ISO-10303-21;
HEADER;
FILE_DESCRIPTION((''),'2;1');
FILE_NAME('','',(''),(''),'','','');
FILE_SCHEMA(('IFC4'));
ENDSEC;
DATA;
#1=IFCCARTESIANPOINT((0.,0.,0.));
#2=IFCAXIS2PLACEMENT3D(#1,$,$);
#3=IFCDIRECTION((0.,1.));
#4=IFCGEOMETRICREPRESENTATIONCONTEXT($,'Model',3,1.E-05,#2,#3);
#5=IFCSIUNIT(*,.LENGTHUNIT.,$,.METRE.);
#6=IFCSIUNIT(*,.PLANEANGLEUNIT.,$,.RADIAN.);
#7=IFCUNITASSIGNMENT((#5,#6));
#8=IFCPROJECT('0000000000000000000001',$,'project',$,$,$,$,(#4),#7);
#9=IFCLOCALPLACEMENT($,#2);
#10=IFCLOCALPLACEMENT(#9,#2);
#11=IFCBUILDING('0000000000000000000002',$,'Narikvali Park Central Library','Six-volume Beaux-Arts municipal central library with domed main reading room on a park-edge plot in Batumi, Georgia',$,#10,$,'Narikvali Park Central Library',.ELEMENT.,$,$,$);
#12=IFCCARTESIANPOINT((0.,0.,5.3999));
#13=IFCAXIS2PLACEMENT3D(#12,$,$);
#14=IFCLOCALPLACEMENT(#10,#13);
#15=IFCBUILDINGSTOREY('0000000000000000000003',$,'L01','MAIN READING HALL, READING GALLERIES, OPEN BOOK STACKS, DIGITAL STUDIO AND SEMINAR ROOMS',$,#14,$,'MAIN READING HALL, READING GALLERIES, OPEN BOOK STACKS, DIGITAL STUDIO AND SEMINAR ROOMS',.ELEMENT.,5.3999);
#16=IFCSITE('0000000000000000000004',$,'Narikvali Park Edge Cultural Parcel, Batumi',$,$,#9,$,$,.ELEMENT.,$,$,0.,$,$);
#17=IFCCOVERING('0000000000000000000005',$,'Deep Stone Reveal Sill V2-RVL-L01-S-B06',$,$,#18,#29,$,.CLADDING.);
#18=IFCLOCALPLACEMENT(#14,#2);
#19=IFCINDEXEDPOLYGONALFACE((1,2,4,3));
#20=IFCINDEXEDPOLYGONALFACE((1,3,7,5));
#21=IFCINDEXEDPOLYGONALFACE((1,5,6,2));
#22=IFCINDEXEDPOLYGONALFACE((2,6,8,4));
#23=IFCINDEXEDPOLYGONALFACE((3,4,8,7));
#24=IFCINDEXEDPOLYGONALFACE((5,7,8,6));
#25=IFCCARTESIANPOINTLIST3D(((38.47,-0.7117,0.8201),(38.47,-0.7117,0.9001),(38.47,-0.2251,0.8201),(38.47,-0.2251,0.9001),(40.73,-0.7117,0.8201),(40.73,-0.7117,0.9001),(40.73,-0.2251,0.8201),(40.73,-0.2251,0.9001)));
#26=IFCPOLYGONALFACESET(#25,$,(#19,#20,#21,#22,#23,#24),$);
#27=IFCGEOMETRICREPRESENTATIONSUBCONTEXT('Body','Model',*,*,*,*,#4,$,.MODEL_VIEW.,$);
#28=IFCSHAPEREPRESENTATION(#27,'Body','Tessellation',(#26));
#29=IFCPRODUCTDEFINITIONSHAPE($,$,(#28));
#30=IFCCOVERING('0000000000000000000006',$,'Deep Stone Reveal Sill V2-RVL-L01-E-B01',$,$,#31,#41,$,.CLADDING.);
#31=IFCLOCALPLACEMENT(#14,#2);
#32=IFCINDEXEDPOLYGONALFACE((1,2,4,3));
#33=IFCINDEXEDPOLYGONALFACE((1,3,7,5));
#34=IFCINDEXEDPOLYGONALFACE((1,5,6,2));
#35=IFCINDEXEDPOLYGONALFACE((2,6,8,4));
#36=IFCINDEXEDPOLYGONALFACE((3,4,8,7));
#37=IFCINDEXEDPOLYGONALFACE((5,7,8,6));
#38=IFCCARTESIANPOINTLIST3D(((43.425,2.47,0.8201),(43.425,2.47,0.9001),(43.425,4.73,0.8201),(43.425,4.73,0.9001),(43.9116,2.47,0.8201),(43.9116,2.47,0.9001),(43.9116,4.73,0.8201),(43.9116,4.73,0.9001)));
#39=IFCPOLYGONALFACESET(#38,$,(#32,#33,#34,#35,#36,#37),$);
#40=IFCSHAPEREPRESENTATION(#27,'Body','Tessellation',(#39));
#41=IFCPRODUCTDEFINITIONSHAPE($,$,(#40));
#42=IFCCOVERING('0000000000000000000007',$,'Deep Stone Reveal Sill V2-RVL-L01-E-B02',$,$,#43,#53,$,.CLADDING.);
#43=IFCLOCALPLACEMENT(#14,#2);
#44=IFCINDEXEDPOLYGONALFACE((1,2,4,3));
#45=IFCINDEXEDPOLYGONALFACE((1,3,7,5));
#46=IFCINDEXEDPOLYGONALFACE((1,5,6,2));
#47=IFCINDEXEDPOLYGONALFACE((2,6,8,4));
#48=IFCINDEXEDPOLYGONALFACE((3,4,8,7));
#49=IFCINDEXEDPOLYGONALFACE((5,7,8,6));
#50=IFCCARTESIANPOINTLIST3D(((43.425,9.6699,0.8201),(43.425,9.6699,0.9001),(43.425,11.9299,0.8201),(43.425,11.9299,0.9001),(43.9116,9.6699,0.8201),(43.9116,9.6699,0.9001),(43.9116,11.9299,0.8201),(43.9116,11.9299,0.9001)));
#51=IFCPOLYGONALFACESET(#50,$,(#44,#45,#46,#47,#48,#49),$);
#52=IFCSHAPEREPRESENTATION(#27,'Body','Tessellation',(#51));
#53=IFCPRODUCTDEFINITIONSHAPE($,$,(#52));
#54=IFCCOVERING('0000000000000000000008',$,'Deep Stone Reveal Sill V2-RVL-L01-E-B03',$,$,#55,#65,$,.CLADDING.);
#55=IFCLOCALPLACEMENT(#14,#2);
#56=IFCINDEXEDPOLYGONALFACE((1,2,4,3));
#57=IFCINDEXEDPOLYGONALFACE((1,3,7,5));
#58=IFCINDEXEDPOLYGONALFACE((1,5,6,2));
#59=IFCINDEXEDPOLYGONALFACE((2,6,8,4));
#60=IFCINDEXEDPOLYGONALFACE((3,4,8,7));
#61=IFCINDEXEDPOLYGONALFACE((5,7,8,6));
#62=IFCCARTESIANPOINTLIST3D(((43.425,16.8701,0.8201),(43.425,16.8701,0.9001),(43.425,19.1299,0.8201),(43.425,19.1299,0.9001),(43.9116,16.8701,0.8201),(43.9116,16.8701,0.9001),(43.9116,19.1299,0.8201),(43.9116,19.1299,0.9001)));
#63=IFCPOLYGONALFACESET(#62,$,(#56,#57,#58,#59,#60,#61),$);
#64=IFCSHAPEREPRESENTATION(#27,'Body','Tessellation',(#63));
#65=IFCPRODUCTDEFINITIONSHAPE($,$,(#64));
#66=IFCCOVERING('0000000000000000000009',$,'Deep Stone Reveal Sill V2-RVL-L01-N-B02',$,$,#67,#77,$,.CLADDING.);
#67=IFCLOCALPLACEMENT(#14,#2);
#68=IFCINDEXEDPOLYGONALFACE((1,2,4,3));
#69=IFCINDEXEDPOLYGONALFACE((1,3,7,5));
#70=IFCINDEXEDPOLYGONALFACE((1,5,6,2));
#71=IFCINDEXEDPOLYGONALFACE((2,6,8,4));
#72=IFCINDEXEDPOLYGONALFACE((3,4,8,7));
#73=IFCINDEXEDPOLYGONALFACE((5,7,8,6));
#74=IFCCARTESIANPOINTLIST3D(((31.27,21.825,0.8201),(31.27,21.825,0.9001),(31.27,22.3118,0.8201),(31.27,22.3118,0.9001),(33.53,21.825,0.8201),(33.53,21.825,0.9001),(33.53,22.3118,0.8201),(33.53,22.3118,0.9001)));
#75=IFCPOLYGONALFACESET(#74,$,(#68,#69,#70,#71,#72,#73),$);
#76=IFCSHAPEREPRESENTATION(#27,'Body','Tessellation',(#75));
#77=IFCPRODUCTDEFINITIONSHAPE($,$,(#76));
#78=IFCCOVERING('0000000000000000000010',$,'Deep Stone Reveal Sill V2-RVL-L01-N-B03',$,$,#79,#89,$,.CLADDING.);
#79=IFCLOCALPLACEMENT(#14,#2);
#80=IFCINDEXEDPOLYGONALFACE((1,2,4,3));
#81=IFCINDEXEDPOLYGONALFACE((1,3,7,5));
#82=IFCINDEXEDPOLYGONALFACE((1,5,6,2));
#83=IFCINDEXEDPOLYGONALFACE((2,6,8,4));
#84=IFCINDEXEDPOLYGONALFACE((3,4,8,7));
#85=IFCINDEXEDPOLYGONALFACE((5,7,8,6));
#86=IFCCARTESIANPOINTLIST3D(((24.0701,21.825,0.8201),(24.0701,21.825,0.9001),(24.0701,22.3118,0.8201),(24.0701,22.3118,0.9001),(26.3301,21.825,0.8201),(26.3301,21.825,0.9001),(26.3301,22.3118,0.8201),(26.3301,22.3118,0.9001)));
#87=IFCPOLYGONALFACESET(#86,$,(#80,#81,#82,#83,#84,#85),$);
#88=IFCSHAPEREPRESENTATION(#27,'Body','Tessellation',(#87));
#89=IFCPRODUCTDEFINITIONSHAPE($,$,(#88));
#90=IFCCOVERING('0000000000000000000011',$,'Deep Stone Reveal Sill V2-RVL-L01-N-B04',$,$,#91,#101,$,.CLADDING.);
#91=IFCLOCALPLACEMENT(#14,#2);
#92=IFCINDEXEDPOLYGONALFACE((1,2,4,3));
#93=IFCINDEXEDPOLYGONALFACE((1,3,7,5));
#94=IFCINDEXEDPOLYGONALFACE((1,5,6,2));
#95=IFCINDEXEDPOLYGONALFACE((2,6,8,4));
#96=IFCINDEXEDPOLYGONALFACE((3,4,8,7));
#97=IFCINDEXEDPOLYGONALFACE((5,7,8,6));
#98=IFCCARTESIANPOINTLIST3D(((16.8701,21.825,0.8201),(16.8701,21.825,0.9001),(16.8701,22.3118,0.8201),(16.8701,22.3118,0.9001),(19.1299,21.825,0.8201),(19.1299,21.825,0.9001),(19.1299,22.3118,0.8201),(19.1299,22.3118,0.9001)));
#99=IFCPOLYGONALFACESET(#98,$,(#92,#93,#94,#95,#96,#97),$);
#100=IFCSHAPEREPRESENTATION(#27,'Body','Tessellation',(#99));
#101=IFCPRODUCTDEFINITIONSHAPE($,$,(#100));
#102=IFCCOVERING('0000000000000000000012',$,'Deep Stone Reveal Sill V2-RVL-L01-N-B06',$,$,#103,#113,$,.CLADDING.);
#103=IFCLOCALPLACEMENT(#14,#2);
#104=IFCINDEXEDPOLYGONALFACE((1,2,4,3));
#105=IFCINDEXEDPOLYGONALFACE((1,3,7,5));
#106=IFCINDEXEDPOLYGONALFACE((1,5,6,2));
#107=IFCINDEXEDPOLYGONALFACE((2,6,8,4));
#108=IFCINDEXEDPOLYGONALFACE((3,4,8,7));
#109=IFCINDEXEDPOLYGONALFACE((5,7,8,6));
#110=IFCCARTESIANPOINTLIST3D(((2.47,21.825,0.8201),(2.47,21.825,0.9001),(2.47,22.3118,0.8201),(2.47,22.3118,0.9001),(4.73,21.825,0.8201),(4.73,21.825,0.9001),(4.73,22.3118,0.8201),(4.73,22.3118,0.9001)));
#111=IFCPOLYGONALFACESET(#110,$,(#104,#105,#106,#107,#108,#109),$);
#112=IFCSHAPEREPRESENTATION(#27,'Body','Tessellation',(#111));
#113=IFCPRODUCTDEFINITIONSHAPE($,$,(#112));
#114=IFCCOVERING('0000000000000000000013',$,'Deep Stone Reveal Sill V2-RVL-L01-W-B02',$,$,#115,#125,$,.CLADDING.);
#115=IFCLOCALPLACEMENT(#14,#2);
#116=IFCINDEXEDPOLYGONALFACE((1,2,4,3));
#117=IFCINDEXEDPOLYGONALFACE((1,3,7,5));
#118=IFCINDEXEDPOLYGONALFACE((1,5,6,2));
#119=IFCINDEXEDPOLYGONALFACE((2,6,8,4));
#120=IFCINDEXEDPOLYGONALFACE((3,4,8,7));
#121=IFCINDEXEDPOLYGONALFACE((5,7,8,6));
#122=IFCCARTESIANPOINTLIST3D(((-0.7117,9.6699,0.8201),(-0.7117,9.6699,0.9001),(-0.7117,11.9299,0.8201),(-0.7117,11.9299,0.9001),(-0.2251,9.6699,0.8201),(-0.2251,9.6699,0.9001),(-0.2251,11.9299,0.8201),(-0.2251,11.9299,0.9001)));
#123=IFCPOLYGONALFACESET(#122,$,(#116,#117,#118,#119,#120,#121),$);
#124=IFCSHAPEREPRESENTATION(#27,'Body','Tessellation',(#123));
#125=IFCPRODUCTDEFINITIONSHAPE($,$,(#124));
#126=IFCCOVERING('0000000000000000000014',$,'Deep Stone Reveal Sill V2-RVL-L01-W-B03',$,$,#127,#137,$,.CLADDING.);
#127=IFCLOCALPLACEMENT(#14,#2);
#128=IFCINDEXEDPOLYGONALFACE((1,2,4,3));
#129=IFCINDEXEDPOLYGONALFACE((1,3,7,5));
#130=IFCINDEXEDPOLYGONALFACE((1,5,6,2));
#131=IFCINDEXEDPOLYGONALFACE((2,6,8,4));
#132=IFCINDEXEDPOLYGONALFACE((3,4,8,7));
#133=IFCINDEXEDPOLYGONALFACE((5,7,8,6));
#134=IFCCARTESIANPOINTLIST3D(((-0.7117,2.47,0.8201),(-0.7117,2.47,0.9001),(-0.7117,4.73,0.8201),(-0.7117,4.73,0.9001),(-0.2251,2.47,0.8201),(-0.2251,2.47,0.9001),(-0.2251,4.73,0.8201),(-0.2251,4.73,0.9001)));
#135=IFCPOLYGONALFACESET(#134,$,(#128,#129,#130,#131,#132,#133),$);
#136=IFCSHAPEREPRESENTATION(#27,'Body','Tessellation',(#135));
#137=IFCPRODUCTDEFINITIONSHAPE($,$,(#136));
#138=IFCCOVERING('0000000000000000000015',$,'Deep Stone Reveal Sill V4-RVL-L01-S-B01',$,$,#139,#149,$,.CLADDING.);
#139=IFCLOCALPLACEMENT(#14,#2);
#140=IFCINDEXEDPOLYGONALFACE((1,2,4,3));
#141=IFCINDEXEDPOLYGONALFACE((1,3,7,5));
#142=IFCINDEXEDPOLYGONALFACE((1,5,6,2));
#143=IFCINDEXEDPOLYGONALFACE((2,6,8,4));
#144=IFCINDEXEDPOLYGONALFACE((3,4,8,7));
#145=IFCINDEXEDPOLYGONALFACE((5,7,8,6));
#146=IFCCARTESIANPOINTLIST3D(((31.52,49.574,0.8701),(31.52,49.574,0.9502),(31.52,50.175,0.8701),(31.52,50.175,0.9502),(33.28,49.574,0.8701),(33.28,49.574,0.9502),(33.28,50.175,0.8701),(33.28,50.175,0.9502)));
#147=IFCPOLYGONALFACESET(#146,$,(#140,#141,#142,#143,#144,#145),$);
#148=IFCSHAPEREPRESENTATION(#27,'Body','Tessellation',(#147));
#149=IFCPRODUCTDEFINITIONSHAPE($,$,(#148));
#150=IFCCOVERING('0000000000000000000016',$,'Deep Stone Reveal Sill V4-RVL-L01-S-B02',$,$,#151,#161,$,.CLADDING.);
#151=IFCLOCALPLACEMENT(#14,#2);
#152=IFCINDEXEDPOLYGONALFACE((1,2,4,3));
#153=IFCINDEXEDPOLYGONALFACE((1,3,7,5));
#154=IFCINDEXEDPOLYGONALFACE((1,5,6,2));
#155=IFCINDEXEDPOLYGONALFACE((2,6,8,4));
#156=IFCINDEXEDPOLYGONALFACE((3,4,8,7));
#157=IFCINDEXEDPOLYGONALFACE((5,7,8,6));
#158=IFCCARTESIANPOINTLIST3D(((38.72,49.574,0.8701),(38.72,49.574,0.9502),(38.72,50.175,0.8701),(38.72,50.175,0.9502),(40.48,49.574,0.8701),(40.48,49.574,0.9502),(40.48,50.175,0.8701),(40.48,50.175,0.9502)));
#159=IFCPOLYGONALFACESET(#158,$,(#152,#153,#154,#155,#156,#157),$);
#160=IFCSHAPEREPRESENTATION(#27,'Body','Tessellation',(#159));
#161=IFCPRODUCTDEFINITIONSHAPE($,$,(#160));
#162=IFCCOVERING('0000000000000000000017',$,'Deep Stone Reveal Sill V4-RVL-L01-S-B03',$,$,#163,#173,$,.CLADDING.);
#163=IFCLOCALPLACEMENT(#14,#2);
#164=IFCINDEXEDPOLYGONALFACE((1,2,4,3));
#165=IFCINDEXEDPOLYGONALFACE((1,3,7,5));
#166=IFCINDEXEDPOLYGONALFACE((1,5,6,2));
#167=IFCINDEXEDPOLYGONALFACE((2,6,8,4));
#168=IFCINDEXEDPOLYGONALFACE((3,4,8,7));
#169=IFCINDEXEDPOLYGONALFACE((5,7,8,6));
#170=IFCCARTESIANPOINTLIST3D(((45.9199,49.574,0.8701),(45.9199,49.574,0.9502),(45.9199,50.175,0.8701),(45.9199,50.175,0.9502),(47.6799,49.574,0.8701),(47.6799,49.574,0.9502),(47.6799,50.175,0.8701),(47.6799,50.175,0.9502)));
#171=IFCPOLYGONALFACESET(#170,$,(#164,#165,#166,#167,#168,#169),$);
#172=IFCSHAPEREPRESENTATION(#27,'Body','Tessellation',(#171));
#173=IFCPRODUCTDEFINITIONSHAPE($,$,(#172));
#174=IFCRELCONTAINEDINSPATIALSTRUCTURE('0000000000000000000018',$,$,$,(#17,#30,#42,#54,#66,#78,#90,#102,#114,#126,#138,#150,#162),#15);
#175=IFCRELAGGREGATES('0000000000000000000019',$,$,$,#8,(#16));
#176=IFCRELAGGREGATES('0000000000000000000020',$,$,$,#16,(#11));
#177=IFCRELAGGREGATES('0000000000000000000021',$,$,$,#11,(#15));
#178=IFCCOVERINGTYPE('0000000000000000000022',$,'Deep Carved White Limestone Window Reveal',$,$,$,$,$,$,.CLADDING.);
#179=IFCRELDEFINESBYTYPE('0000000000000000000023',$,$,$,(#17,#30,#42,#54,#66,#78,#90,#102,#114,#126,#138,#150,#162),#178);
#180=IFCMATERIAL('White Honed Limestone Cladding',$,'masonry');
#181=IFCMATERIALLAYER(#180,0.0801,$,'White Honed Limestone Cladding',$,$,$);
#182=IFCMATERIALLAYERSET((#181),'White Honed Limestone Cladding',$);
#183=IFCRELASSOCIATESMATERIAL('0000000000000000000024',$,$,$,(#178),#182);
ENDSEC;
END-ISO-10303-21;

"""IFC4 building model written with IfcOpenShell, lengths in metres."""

from ifc_helpers import new_model, si_unit, direction, frame, origin, place, context, subcontext, project, spatial, polyline, outline, extrude, material, layer, layer_set, type_object, element, save


model = new_model("IFC4")

# Units and contexts
model_context = context("Model", 3, precision=1e-05, world=origin(), true_north=direction((0.0, 1.0)))
body_context = subcontext(model_context, "Body", "Model", "MODEL_VIEW")
ifc_project = project(units=[si_unit("LENGTHUNIT", "METRE"), si_unit("PLANEANGLEUNIT", "RADIAN")], contexts=[model_context])

# Site, building, storey
site_placement = place(None, origin())
site = spatial("IfcSite", under=ifc_project, at=site_placement, Name="Narikvali Park Edge Cultural Parcel, Batumi", CompositionType="ELEMENT", RefElevation=0.0)
building_placement = place(site_placement, origin())
building = spatial("IfcBuilding", under=site, at=building_placement, Name="Narikvali Park Central Library", Description="Six-volume Beaux-Arts municipal central library with domed main reading room on a park-edge plot in Batumi, Georgia", LongName="Narikvali Park Central Library", CompositionType="ELEMENT")
storey_placement = place(building_placement, frame((0.0, 0.0, 5.3999)))
storey = spatial("IfcBuildingStorey", under=building, at=storey_placement, Name="L01", Description="MAIN READING HALL, READING GALLERIES, OPEN BOOK STACKS, DIGITAL STUDIO AND SEMINAR ROOMS", LongName="MAIN READING HALL, READING GALLERIES, OPEN BOOK STACKS, DIGITAL STUDIO AND SEMINAR ROOMS", CompositionType="ELEMENT", Elevation=5.3999)

# Coverings
ifc_material = material(Name="White Honed Limestone Cladding", Category="masonry")
ifc_layer_1 = layer(ifc_material, 0.0801, Name="White Honed Limestone Cladding")
ifc_layer_set_1 = layer_set([ifc_layer_1], Name="White Honed Limestone Cladding")
covering_type_1 = type_object("IfcCoveringType", Name="Deep Carved White Limestone Window Reveal", PredefinedType="CLADDING", material=ifc_layer_set_1)
covering_1_placement = place(storey_placement, frame((0.0, 0.0, 0.8201)))
element("IfcCovering", 1, at=covering_1_placement, inside=storey, type_object=covering_type_1, Name="Deep Stone Reveal Sill V2-RVL-L01-S-B06", PredefinedType="CLADDING", context=body_context, shape_type="SweptSolid", body=[
    extrude(outline(polyline([(38.47, -0.2251), (40.73, -0.2251), (40.73, -0.7117), (38.47, -0.7117), (38.47, -0.2251)])), origin(), (0.0, 0.0, 1.0), 0.0801),
])
covering_2_placement = place(storey_placement, frame((0.0, 0.0, 0.8201)))
element("IfcCovering", 2, at=covering_2_placement, inside=storey, type_object=covering_type_1, Name="Deep Stone Reveal Sill V2-RVL-L01-E-B01", PredefinedType="CLADDING", context=body_context, shape_type="SweptSolid", body=[
    extrude(outline(polyline([(43.425, 2.47), (43.425, 4.73), (43.9116, 4.73), (43.9116, 2.47), (43.425, 2.47)])), origin(), (0.0, 0.0, 1.0), 0.0801),
])
covering_3_placement = place(storey_placement, frame((0.0, 0.0, 0.8201)))
element("IfcCovering", 3, at=covering_3_placement, inside=storey, type_object=covering_type_1, Name="Deep Stone Reveal Sill V2-RVL-L01-E-B02", PredefinedType="CLADDING", context=body_context, shape_type="SweptSolid", body=[
    extrude(outline(polyline([(43.425, 9.6699), (43.425, 11.9299), (43.9116, 11.9299), (43.9116, 9.6699), (43.425, 9.6699)])), origin(), (0.0, 0.0, 1.0), 0.0801),
])
covering_4_placement = place(storey_placement, frame((0.0, 0.0, 0.8201)))
element("IfcCovering", 4, at=covering_4_placement, inside=storey, type_object=covering_type_1, Name="Deep Stone Reveal Sill V2-RVL-L01-E-B03", PredefinedType="CLADDING", context=body_context, shape_type="SweptSolid", body=[
    extrude(outline(polyline([(43.425, 16.8701), (43.425, 19.1299), (43.9116, 19.1299), (43.9116, 16.8701), (43.425, 16.8701)])), origin(), (0.0, 0.0, 1.0), 0.0801),
])
covering_5_placement = place(storey_placement, frame((0.0, 0.0, 0.8201)))
element("IfcCovering", 5, at=covering_5_placement, inside=storey, type_object=covering_type_1, Name="Deep Stone Reveal Sill V2-RVL-L01-N-B02", PredefinedType="CLADDING", context=body_context, shape_type="SweptSolid", body=[
    extrude(outline(polyline([(33.53, 21.825), (31.27, 21.825), (31.27, 22.3118), (33.53, 22.3118), (33.53, 21.825)])), origin(), (0.0, 0.0, 1.0), 0.0801),
])
covering_6_placement = place(storey_placement, frame((0.0, 0.0, 0.8201)))
element("IfcCovering", 6, at=covering_6_placement, inside=storey, type_object=covering_type_1, Name="Deep Stone Reveal Sill V2-RVL-L01-N-B03", PredefinedType="CLADDING", context=body_context, shape_type="SweptSolid", body=[
    extrude(outline(polyline([(26.3301, 21.825), (24.0701, 21.825), (24.0701, 22.3118), (26.3301, 22.3118), (26.3301, 21.825)])), origin(), (0.0, 0.0, 1.0), 0.0801),
])
covering_7_placement = place(storey_placement, frame((0.0, 0.0, 0.8201)))
element("IfcCovering", 7, at=covering_7_placement, inside=storey, type_object=covering_type_1, Name="Deep Stone Reveal Sill V2-RVL-L01-N-B04", PredefinedType="CLADDING", context=body_context, shape_type="SweptSolid", body=[
    extrude(outline(polyline([(19.1299, 21.825), (16.8701, 21.825), (16.8701, 22.3118), (19.1299, 22.3118), (19.1299, 21.825)])), origin(), (0.0, 0.0, 1.0), 0.0801),
])
covering_8_placement = place(storey_placement, frame((0.0, 0.0, 0.8201)))
element("IfcCovering", 8, at=covering_8_placement, inside=storey, type_object=covering_type_1, Name="Deep Stone Reveal Sill V2-RVL-L01-N-B06", PredefinedType="CLADDING", context=body_context, shape_type="SweptSolid", body=[
    extrude(outline(polyline([(4.73, 21.825), (2.47, 21.825), (2.47, 22.3118), (4.73, 22.3118), (4.73, 21.825)])), origin(), (0.0, 0.0, 1.0), 0.0801),
])
covering_9_placement = place(storey_placement, frame((0.0, 0.0, 0.8201)))
element("IfcCovering", 9, at=covering_9_placement, inside=storey, type_object=covering_type_1, Name="Deep Stone Reveal Sill V2-RVL-L01-W-B02", PredefinedType="CLADDING", context=body_context, shape_type="SweptSolid", body=[
    extrude(outline(polyline([(-0.2251, 11.9299), (-0.2251, 9.6699), (-0.7117, 9.6699), (-0.7117, 11.9299), (-0.2251, 11.9299)])), origin(), (0.0, 0.0, 1.0), 0.0801),
])
covering_10_placement = place(storey_placement, frame((0.0, 0.0, 0.8201)))
element("IfcCovering", 10, at=covering_10_placement, inside=storey, type_object=covering_type_1, Name="Deep Stone Reveal Sill V2-RVL-L01-W-B03", PredefinedType="CLADDING", context=body_context, shape_type="SweptSolid", body=[
    extrude(outline(polyline([(-0.2251, 4.73), (-0.2251, 2.47), (-0.7117, 2.47), (-0.7117, 4.73), (-0.2251, 4.73)])), origin(), (0.0, 0.0, 1.0), 0.0801),
])
covering_11_placement = place(storey_placement, frame((0.0, 0.0, 0.8701)))
element("IfcCovering", 11, at=covering_11_placement, inside=storey, type_object=covering_type_1, Name="Deep Stone Reveal Sill V4-RVL-L01-S-B01", PredefinedType="CLADDING", context=body_context, shape_type="SweptSolid", body=[
    extrude(outline(polyline([(31.52, 50.175), (33.28, 50.175), (33.28, 49.574), (31.52, 49.574), (31.52, 50.175)])), origin(), (0.0, 0.0, 1.0), 0.0801),
])
covering_12_placement = place(storey_placement, frame((0.0, 0.0, 0.8701)))
element("IfcCovering", 12, at=covering_12_placement, inside=storey, type_object=covering_type_1, Name="Deep Stone Reveal Sill V4-RVL-L01-S-B02", PredefinedType="CLADDING", context=body_context, shape_type="SweptSolid", body=[
    extrude(outline(polyline([(38.72, 50.175), (40.48, 50.175), (40.48, 49.574), (38.72, 49.574), (38.72, 50.175)])), origin(), (0.0, 0.0, 1.0), 0.0801),
])
covering_13_placement = place(storey_placement, frame((0.0, 0.0, 0.8701)))
element("IfcCovering", 13, at=covering_13_placement, inside=storey, type_object=covering_type_1, Name="Deep Stone Reveal Sill V4-RVL-L01-S-B03", PredefinedType="CLADDING", context=body_context, shape_type="SweptSolid", body=[
    extrude(outline(polyline([(45.9199, 50.175), (47.6799, 50.175), (47.6799, 49.574), (45.9199, 49.574), (45.9199, 50.175)])), origin(), (0.0, 0.0, 1.0), 0.0801),
])

save(model, "model.ifc")
